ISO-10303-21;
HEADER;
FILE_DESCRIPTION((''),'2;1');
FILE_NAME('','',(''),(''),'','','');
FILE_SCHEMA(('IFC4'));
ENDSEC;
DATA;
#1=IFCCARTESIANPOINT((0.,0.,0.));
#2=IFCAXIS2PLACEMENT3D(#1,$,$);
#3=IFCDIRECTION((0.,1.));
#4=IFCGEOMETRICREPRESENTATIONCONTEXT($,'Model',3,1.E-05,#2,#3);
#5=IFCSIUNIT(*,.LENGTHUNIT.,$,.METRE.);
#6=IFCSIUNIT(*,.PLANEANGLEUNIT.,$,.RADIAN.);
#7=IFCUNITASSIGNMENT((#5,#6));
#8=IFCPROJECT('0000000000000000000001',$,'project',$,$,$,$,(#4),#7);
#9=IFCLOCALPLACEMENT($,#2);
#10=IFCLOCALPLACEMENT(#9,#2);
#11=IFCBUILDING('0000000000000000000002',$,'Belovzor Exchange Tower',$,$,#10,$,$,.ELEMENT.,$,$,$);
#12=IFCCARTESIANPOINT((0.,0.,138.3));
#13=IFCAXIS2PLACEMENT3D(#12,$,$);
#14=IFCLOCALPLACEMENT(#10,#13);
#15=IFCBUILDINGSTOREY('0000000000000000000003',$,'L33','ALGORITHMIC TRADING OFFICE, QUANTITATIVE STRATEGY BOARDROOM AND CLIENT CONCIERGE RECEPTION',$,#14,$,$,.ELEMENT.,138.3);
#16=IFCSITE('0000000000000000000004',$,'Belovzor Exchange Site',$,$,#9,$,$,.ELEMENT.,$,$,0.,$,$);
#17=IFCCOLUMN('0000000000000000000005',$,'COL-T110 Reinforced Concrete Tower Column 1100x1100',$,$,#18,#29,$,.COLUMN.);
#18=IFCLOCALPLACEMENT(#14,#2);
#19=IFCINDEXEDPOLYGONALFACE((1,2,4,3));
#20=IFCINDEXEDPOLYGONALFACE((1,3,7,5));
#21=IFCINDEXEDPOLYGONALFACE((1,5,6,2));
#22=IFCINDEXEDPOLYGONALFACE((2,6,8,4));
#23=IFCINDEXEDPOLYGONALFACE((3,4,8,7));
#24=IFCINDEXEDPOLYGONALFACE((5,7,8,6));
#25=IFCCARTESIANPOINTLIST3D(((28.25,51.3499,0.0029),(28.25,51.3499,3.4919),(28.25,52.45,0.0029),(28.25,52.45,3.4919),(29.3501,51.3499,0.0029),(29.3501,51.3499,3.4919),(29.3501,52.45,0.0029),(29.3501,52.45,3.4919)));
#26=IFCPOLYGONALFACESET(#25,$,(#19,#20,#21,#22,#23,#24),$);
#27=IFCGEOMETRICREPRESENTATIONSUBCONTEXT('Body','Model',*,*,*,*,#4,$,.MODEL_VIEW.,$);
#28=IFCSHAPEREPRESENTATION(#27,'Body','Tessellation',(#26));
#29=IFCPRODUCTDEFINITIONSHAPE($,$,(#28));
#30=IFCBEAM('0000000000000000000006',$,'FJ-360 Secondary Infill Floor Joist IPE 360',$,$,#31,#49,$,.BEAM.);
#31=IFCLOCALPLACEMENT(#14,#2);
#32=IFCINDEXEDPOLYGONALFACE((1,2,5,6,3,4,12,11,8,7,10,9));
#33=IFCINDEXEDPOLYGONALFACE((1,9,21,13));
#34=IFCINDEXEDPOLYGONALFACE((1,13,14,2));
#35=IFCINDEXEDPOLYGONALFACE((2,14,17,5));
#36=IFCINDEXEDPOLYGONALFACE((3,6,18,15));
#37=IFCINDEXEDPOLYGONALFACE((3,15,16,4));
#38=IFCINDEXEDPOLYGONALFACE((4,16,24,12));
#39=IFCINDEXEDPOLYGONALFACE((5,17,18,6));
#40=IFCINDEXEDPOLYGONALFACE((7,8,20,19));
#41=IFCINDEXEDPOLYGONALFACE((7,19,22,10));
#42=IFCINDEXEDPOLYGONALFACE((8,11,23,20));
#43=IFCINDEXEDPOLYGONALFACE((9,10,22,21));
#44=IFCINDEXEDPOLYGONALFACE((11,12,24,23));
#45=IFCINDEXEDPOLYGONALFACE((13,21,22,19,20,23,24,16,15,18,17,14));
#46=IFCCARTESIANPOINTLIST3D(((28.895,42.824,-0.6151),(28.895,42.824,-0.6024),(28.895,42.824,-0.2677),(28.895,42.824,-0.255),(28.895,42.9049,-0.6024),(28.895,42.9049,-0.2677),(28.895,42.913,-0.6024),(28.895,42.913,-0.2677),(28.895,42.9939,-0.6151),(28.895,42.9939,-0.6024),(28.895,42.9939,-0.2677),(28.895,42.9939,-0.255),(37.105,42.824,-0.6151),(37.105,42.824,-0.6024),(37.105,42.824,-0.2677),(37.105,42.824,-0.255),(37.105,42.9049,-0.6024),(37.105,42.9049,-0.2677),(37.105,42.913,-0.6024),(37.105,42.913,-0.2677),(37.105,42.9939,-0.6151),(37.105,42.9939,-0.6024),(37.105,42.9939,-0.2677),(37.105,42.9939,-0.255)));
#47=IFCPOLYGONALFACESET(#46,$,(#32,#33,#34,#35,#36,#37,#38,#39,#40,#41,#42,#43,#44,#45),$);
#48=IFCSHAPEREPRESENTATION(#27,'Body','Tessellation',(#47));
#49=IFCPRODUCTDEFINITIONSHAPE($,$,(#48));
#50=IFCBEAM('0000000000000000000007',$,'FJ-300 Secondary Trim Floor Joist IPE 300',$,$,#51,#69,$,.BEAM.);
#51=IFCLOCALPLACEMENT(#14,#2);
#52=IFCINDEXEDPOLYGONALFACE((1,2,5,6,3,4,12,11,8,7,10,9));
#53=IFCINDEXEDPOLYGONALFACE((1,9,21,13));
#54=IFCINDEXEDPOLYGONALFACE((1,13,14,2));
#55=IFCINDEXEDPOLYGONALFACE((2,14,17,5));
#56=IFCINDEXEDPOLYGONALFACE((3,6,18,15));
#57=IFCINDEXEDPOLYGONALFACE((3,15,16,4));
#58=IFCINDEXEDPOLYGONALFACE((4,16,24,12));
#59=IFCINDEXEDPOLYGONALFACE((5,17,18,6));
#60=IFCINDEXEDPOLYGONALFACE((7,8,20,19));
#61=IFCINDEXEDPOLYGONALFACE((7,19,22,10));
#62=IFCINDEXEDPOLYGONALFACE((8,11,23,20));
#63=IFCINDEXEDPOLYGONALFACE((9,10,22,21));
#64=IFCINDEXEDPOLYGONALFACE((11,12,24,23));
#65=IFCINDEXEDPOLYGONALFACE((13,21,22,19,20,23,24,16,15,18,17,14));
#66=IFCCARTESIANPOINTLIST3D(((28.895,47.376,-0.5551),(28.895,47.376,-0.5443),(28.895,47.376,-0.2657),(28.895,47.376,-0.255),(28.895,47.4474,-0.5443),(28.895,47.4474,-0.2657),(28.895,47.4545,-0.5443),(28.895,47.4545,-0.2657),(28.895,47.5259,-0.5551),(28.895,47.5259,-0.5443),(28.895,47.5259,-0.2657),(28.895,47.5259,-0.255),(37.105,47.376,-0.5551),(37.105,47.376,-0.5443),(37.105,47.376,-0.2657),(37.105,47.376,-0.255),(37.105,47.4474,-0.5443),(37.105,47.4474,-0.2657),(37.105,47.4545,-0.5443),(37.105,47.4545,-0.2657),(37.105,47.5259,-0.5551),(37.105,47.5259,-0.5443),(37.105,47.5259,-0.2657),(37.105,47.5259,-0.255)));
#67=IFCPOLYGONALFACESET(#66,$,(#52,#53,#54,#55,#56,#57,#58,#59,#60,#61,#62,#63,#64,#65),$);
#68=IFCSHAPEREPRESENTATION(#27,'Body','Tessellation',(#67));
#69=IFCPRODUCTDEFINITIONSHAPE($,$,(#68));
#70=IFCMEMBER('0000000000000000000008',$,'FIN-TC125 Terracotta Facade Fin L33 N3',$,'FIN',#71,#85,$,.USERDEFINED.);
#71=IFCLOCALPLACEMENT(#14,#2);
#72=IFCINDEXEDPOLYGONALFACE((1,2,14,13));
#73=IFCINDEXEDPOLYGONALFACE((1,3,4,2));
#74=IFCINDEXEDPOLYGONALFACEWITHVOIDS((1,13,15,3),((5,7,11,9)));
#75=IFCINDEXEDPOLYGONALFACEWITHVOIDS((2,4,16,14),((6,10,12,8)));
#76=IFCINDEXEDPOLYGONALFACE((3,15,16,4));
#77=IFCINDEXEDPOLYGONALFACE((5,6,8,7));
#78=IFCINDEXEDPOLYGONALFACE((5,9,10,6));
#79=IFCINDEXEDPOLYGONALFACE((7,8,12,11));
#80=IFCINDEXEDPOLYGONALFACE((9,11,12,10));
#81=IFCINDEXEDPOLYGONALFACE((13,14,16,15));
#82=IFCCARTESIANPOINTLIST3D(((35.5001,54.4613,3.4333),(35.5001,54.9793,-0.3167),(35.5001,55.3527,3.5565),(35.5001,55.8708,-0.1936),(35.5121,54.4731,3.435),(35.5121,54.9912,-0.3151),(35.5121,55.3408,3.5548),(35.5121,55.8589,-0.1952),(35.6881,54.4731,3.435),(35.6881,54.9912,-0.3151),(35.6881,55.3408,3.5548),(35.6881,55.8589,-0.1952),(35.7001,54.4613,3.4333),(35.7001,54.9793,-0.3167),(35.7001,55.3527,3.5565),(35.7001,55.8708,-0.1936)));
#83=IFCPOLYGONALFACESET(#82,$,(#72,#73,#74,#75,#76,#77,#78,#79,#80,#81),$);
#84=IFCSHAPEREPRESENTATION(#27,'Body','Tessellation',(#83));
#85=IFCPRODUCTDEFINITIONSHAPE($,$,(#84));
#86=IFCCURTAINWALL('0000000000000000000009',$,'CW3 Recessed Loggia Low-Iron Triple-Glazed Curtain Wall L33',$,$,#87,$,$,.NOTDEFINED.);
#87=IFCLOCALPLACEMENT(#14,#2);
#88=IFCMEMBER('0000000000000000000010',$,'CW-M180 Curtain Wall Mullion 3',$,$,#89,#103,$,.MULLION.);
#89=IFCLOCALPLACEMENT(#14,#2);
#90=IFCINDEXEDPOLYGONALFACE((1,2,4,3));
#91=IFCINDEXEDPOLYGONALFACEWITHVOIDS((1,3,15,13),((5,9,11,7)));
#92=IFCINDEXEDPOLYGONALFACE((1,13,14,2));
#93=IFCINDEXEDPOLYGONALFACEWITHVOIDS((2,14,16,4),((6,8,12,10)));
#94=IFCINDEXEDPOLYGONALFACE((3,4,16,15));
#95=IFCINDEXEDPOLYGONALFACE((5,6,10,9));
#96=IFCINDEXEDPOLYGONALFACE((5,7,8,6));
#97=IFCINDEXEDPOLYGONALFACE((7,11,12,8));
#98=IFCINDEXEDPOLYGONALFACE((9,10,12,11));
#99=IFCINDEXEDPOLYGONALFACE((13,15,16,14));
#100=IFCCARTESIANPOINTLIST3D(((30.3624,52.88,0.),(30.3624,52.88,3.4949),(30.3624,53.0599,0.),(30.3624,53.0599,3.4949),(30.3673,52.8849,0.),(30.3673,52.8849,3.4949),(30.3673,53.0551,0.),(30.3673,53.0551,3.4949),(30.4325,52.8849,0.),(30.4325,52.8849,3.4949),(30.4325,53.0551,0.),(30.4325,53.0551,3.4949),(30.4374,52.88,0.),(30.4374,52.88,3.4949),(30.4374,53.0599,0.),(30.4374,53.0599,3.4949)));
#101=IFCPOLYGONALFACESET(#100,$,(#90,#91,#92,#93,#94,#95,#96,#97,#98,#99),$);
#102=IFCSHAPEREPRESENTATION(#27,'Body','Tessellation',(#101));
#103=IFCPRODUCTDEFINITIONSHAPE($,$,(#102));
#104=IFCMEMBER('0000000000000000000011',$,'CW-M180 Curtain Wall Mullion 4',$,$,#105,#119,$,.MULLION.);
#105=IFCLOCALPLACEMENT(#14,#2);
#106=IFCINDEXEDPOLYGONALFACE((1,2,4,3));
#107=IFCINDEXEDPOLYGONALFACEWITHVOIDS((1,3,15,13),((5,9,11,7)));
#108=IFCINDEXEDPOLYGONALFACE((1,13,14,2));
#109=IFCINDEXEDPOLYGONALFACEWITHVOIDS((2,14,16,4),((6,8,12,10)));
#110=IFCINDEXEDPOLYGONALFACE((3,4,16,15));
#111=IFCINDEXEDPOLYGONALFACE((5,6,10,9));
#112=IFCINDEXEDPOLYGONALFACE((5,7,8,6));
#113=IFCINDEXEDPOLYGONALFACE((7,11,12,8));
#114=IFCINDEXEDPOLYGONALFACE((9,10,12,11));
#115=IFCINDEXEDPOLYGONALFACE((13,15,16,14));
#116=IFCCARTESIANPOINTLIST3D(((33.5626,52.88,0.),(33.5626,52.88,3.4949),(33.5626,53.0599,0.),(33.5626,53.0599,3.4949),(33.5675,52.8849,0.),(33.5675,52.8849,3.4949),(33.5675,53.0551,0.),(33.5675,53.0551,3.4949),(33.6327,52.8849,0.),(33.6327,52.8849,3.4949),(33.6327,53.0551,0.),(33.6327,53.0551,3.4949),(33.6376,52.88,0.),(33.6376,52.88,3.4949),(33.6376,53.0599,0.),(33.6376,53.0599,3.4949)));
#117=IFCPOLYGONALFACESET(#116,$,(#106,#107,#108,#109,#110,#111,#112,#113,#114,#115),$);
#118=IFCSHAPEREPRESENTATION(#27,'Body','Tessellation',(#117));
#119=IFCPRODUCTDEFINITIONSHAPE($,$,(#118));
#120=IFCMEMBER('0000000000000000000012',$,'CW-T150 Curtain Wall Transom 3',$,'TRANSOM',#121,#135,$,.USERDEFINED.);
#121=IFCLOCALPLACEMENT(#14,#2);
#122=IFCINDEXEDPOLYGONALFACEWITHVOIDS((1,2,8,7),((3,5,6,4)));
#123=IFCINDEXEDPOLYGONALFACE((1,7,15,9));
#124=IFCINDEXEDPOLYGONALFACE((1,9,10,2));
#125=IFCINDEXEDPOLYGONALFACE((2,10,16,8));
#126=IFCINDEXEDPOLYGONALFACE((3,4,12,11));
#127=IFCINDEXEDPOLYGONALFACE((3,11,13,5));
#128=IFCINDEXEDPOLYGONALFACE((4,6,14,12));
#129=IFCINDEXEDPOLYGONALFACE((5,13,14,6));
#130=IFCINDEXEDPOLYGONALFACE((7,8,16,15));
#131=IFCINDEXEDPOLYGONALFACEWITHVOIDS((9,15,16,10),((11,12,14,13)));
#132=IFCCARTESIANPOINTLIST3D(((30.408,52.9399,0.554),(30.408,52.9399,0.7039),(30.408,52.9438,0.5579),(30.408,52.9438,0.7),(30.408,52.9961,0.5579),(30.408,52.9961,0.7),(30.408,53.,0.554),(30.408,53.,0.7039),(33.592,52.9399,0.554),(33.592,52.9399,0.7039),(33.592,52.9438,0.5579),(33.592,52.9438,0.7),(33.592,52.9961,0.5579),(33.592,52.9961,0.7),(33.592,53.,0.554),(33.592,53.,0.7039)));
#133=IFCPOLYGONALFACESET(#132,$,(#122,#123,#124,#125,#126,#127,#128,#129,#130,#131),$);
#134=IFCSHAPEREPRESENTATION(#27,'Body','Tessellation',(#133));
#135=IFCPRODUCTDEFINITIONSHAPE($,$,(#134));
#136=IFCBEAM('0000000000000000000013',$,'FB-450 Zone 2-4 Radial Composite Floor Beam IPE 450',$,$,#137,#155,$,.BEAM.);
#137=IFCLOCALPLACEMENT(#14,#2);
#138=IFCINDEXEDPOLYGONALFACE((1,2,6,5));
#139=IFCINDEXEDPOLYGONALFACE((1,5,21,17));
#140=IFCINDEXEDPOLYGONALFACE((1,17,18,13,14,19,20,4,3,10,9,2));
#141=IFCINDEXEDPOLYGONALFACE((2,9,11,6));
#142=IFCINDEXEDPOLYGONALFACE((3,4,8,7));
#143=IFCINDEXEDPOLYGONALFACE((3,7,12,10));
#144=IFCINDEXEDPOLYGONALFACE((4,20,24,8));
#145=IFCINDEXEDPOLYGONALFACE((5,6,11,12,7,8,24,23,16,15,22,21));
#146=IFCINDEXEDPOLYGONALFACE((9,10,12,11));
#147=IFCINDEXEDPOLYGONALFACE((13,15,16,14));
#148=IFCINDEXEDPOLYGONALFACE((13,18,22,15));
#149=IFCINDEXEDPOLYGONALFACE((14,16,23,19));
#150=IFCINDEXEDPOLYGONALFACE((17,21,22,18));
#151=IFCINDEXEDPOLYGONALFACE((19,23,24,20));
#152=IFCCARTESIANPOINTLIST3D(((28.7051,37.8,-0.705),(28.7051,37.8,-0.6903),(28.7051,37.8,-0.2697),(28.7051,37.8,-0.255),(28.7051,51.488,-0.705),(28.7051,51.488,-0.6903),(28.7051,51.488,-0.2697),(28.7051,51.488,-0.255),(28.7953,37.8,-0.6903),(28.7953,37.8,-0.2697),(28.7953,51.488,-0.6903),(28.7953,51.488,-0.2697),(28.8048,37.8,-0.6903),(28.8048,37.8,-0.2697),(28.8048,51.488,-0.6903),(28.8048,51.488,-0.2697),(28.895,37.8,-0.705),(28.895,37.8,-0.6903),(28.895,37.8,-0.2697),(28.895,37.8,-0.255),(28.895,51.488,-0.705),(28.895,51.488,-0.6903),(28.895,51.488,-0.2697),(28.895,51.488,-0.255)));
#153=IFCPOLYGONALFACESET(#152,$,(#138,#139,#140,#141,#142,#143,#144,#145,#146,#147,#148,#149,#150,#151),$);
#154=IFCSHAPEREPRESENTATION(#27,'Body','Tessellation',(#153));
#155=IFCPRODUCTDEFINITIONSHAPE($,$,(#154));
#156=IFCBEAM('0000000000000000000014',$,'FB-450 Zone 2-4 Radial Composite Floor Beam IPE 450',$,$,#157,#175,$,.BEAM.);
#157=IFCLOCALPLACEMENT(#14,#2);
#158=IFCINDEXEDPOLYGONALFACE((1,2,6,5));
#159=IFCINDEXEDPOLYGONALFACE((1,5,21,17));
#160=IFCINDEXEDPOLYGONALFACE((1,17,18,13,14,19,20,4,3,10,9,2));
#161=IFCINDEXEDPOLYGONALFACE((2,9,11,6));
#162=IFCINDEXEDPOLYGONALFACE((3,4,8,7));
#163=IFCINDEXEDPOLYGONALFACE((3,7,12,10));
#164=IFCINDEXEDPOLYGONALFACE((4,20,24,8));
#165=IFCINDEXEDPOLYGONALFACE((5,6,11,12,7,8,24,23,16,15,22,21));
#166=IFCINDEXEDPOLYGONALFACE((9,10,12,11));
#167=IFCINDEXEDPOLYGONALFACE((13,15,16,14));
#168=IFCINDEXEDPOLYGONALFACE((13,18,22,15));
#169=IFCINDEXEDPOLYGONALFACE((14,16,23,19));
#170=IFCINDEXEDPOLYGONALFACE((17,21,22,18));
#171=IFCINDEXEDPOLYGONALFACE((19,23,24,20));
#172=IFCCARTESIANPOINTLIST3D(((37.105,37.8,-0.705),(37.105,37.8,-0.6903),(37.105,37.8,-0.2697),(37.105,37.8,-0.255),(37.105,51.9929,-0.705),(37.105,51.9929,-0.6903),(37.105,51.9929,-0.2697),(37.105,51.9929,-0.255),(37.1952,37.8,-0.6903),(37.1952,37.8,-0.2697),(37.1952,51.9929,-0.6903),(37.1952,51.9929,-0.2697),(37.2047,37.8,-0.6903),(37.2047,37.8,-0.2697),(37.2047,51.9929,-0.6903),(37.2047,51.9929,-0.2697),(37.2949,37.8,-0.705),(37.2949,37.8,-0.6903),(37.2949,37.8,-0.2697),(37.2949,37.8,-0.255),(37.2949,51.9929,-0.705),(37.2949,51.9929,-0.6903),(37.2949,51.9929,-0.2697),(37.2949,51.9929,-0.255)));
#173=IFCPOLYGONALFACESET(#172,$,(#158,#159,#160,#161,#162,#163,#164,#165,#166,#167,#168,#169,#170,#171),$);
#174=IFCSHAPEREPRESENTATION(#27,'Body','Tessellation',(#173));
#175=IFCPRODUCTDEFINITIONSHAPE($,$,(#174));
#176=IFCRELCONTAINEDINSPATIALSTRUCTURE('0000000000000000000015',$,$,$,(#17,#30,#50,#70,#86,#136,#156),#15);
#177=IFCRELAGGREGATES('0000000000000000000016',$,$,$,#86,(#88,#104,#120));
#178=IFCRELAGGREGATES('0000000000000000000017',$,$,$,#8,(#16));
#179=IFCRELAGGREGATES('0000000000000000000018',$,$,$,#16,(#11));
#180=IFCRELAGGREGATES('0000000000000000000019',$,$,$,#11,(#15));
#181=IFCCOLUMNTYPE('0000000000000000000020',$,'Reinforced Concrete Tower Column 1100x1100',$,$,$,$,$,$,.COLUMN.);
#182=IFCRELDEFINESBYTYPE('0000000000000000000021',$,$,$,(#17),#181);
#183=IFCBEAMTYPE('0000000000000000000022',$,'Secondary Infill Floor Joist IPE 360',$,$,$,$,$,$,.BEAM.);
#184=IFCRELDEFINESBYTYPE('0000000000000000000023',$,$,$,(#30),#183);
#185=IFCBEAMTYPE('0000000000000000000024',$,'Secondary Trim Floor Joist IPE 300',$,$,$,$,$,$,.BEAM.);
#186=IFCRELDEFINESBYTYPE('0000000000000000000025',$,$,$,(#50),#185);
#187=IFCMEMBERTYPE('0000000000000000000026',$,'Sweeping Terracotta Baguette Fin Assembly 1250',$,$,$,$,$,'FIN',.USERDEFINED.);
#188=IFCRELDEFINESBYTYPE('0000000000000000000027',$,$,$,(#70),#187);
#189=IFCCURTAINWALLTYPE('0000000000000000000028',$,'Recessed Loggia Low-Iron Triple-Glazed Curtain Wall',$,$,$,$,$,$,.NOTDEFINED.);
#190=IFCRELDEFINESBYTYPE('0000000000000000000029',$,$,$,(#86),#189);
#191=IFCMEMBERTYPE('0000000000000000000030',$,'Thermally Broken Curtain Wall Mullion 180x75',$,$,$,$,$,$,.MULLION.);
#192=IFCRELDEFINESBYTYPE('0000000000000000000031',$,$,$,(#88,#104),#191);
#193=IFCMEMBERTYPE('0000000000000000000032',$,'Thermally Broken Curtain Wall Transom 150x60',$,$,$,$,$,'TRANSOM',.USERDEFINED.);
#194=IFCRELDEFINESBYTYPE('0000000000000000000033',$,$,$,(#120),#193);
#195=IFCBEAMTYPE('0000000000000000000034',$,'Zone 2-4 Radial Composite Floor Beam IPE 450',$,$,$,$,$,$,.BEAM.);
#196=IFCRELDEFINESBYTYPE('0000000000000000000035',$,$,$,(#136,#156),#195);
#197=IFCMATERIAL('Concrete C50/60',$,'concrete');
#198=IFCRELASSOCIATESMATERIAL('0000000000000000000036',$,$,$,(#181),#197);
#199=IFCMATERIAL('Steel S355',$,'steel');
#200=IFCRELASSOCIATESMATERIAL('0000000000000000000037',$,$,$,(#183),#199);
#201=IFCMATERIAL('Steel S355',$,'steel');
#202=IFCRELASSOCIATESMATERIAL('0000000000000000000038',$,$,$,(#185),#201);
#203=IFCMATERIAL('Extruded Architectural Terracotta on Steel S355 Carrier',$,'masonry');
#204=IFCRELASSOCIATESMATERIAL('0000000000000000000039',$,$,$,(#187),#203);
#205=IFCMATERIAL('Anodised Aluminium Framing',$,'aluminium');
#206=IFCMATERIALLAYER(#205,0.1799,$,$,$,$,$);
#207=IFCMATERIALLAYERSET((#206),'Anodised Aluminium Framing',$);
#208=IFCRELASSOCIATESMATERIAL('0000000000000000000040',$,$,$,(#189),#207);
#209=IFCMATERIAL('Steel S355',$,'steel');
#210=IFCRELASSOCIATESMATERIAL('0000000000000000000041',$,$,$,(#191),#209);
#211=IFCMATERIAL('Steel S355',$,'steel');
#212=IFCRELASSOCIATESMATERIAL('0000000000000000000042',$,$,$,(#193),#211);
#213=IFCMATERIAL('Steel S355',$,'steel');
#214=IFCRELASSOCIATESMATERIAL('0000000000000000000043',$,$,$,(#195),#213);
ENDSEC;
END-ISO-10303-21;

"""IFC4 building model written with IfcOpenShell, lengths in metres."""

from ifc_helpers import new_model, si_unit, direction, frame, origin, origin_2d, place, context, subcontext, project, spatial, rectangle, hollow_rectangle, i_section, extrude, material, layer, layer_set, material_profile, profile_set, type_object, element, aggregate, save


model = new_model("IFC4")

# Units and contexts
model_context = context("Model", 3, precision=1e-05, world=origin(), true_north=direction((0.0, 1.0)))
body_context = subcontext(model_context, "Body", "Model", "MODEL_VIEW")
ifc_project = project(units=[si_unit("LENGTHUNIT", "METRE"), si_unit("PLANEANGLEUNIT", "RADIAN")], contexts=[model_context])

# Site, building, storey
site_placement = place(None, origin())
site = spatial("IfcSite", under=ifc_project, at=site_placement, Name="Belovzor Exchange Site", CompositionType="ELEMENT", RefElevation=0.0)
building_placement = place(site_placement, origin())
building = spatial("IfcBuilding", under=site, at=building_placement, Name="Belovzor Exchange Tower", CompositionType="ELEMENT")
storey_placement = place(building_placement, frame((0.0, 0.0, 138.3)))
storey = spatial("IfcBuildingStorey", under=building, at=storey_placement, Name="L33", Description="ALGORITHMIC TRADING OFFICE, QUANTITATIVE STRATEGY BOARDROOM AND CLIENT CONCIERGE RECEPTION", CompositionType="ELEMENT", Elevation=138.3)

# Column
ifc_material_1 = material(Name="Concrete C50/60", Category="concrete")
ifc_material_profile_1 = material_profile(ifc_material_1, rectangle(XDim=1.1001, YDim=1.1001, at=origin_2d()))
ifc_profile_set_1 = profile_set([ifc_material_profile_1], Name="Concrete C50/60")
column_type = type_object("IfcColumnType", Name="Reinforced Concrete Tower Column 1100x1100", PredefinedType="COLUMN", material=ifc_profile_set_1)
column_placement = place(storey_placement, frame((28.8, 51.8999, 0.0029), z_axis=(0.0, 0.0, 1.0), x_axis=(1.0, 0.0, 0.0)))
element("IfcColumn", 1, at=column_placement, inside=storey, type_object=column_type, Name="COL-T110 Reinforced Concrete Tower Column 1100x1100", PredefinedType="COLUMN", context=body_context, shape_type="SweptSolid", body=[
    extrude(rectangle(XDim=1.1001, YDim=1.1001, at=origin_2d()), origin(), (0.0, 0.0, 1.0), 3.489),
])

# Beams
ifc_material_2 = material(Name="Steel S355", Category="steel")
ifc_material_profile_2 = material_profile(ifc_material_2, i_section(OverallWidth=0.1699, OverallDepth=0.3601, WebThickness=0.0081, FlangeThickness=0.0127, at=origin_2d()))
ifc_profile_set_2 = profile_set([ifc_material_profile_2], Name="Steel S355")
beam_type_1 = type_object("IfcBeamType", Name="Secondary Infill Floor Joist IPE 360", PredefinedType="BEAM", material=ifc_profile_set_2)
beam_1_placement = place(storey_placement, frame((28.895, 42.9089, -0.4351), z_axis=(1.0, 0.0, 0.0), x_axis=(0.0, 1.0, 0.0)))
element("IfcBeam", 2, at=beam_1_placement, inside=storey, type_object=beam_type_1, Name="FJ-360 Secondary Infill Floor Joist IPE 360", PredefinedType="BEAM", context=body_context, shape_type="SweptSolid", body=[
    extrude(i_section(OverallWidth=0.1699, OverallDepth=0.3601, WebThickness=0.0081, FlangeThickness=0.0127, at=origin_2d()), origin(), (0.0, 0.0, 1.0), 8.21),
])
ifc_material_3 = material(Name="Steel S355", Category="steel")
ifc_material_profile_3 = material_profile(ifc_material_3, i_section(OverallWidth=0.1499, OverallDepth=0.3, WebThickness=0.0071, FlangeThickness=0.0107, at=origin_2d()))
ifc_profile_set_3 = profile_set([ifc_material_profile_3], Name="Steel S355")
beam_type_2 = type_object("IfcBeamType", Name="Secondary Trim Floor Joist IPE 300", PredefinedType="BEAM", material=ifc_profile_set_3)
beam_2_placement = place(storey_placement, frame((28.895, 47.4509, -0.405), z_axis=(1.0, 0.0, 0.0), x_axis=(0.0, 1.0, 0.0)))
element("IfcBeam", 3, at=beam_2_placement, inside=storey, type_object=beam_type_2, Name="FJ-300 Secondary Trim Floor Joist IPE 300", PredefinedType="BEAM", context=body_context, shape_type="SweptSolid", body=[
    extrude(i_section(OverallWidth=0.1499, OverallDepth=0.3, WebThickness=0.0071, FlangeThickness=0.0107, at=origin_2d()), origin(), (0.0, 0.0, 1.0), 8.21),
])

# Member
ifc_material_4 = material(Name="Extruded Architectural Terracotta on Steel S355 Carrier", Category="masonry")
ifc_material_profile_4 = material_profile(ifc_material_4, hollow_rectangle(XDim=0.2, YDim=0.8999, WallThickness=0.012, at=origin_2d()))
ifc_profile_set_4 = profile_set([ifc_material_profile_4], Name="Extruded Architectural Terracotta on Steel S355 Carrier")
member_type_1 = type_object("IfcMemberType", Name="Sweeping Terracotta Baguette Fin Assembly 1250", ElementType="FIN", PredefinedType="USERDEFINED", material=ifc_profile_set_4)
member_1_placement = place(storey_placement, frame((35.6001, 55.425, -0.2551), z_axis=(0.0, -0.136851, 0.990592), x_axis=(1.0, 0.0, 0.0)))
element("IfcMember", 4, at=member_1_placement, inside=storey, type_object=member_type_1, Name="FIN-TC125 Terracotta Facade Fin L33 N3", ObjectType="FIN", PredefinedType="USERDEFINED", context=body_context, shape_type="SweptSolid", body=[
    extrude(hollow_rectangle(XDim=0.2, YDim=0.8999, WallThickness=0.012, at=origin_2d()), origin(), (0.0, 0.0, 1.0), 3.7856),
])

# Curtain wall, members
ifc_material_5 = material(Name="Anodised Aluminium Framing", Category="aluminium")
ifc_layer_1 = layer(ifc_material_5, 0.1799)
ifc_layer_set_1 = layer_set([ifc_layer_1], Name="Anodised Aluminium Framing")
curtain_wall_type = type_object("IfcCurtainWallType", Name="Recessed Loggia Low-Iron Triple-Glazed Curtain Wall", PredefinedType="NOTDEFINED", material=ifc_layer_set_1)
curtain_wall_placement = place(storey_placement, origin())
curtain_wall = element("IfcCurtainWall", 5, at=curtain_wall_placement, inside=storey, type_object=curtain_wall_type, Name="CW3 Recessed Loggia Low-Iron Triple-Glazed Curtain Wall L33", PredefinedType="NOTDEFINED")
ifc_material_6 = material(Name="Steel S355", Category="steel")
ifc_material_profile_5 = material_profile(ifc_material_6, hollow_rectangle(XDim=0.075, YDim=0.1799, WallThickness=0.0049, at=origin_2d()))
ifc_profile_set_5 = profile_set([ifc_material_profile_5], Name="Steel S355")
member_type_2 = type_object("IfcMemberType", Name="Thermally Broken Curtain Wall Mullion 180x75", PredefinedType="MULLION", material=ifc_profile_set_5)
member_2_placement = place(storey_placement, frame((30.3999, 52.97, 0.0), z_axis=(0.0, 0.0, 1.0), x_axis=(1.0, 0.0, 0.0)))
member_2 = element("IfcMember", 6, at=member_2_placement, type_object=member_type_2, Name="CW-M180 Curtain Wall Mullion 3", PredefinedType="MULLION", context=body_context, shape_type="SweptSolid", body=[
    extrude(hollow_rectangle(XDim=0.075, YDim=0.1799, WallThickness=0.0049, at=origin_2d()), origin(), (0.0, 0.0, 1.0), 3.4949),
])
member_3_placement = place(storey_placement, frame((33.6001, 52.97, 0.0), z_axis=(0.0, 0.0, 1.0), x_axis=(1.0, 0.0, 0.0)))
member_3 = element("IfcMember", 7, at=member_3_placement, type_object=member_type_2, Name="CW-M180 Curtain Wall Mullion 4", PredefinedType="MULLION", context=body_context, shape_type="SweptSolid", body=[
    extrude(hollow_rectangle(XDim=0.075, YDim=0.1799, WallThickness=0.0049, at=origin_2d()), origin(), (0.0, 0.0, 1.0), 3.4949),
])
ifc_material_7 = material(Name="Steel S355", Category="steel")
ifc_material_profile_6 = material_profile(ifc_material_7, hollow_rectangle(XDim=0.0601, YDim=0.1499, WallThickness=0.0039, at=origin_2d()))
ifc_profile_set_6 = profile_set([ifc_material_profile_6], Name="Steel S355")
member_type_3 = type_object("IfcMemberType", Name="Thermally Broken Curtain Wall Transom 150x60", ElementType="TRANSOM", PredefinedType="USERDEFINED", material=ifc_profile_set_6)
member_4_placement = place(storey_placement, frame((30.408, 52.97, 0.6289), z_axis=(1.0, 0.0, 0.0), x_axis=(0.0, 1.0, 0.0)))
member_4 = element("IfcMember", 8, at=member_4_placement, type_object=member_type_3, Name="CW-T150 Curtain Wall Transom 3", ObjectType="TRANSOM", PredefinedType="USERDEFINED", context=body_context, shape_type="SweptSolid", body=[
    extrude(hollow_rectangle(XDim=0.0601, YDim=0.1499, WallThickness=0.0039, at=origin_2d()), origin(), (0.0, 0.0, 1.0), 3.1841),
])

# Beams
ifc_material_8 = material(Name="Steel S355", Category="steel")
ifc_material_profile_7 = material_profile(ifc_material_8, i_section(OverallWidth=0.1899, OverallDepth=0.45, WebThickness=0.0095, FlangeThickness=0.0146, at=origin_2d()))
ifc_profile_set_7 = profile_set([ifc_material_profile_7], Name="Steel S355")
beam_type_3 = type_object("IfcBeamType", Name="Zone 2-4 Radial Composite Floor Beam IPE 450", PredefinedType="BEAM", material=ifc_profile_set_7)
beam_3_placement = place(storey_placement, frame((28.8, 37.8, -0.48), z_axis=(0.0, 1.0, 0.0), x_axis=(-1.0, 0.0, 0.0)))
element("IfcBeam", 9, at=beam_3_placement, inside=storey, type_object=beam_type_3, Name="FB-450 Zone 2-4 Radial Composite Floor Beam IPE 450", PredefinedType="BEAM", context=body_context, shape_type="SweptSolid", body=[
    extrude(i_section(OverallWidth=0.1899, OverallDepth=0.45, WebThickness=0.0095, FlangeThickness=0.0146, at=origin_2d()), origin(), (0.0, 0.0, 1.0), 13.688),
])
beam_4_placement = place(storey_placement, frame((37.2, 37.8, -0.48), z_axis=(0.0, 1.0, 0.0), x_axis=(-1.0, 0.0, 0.0)))
element("IfcBeam", 10, at=beam_4_placement, inside=storey, type_object=beam_type_3, Name="FB-450 Zone 2-4 Radial Composite Floor Beam IPE 450", PredefinedType="BEAM", context=body_context, shape_type="SweptSolid", body=[
    extrude(i_section(OverallWidth=0.1899, OverallDepth=0.45, WebThickness=0.0095, FlangeThickness=0.0146, at=origin_2d()), origin(), (0.0, 0.0, 1.0), 14.1929),
])

aggregate(curtain_wall, [member_2, member_3, member_4])

save(model, "model.ifc")
